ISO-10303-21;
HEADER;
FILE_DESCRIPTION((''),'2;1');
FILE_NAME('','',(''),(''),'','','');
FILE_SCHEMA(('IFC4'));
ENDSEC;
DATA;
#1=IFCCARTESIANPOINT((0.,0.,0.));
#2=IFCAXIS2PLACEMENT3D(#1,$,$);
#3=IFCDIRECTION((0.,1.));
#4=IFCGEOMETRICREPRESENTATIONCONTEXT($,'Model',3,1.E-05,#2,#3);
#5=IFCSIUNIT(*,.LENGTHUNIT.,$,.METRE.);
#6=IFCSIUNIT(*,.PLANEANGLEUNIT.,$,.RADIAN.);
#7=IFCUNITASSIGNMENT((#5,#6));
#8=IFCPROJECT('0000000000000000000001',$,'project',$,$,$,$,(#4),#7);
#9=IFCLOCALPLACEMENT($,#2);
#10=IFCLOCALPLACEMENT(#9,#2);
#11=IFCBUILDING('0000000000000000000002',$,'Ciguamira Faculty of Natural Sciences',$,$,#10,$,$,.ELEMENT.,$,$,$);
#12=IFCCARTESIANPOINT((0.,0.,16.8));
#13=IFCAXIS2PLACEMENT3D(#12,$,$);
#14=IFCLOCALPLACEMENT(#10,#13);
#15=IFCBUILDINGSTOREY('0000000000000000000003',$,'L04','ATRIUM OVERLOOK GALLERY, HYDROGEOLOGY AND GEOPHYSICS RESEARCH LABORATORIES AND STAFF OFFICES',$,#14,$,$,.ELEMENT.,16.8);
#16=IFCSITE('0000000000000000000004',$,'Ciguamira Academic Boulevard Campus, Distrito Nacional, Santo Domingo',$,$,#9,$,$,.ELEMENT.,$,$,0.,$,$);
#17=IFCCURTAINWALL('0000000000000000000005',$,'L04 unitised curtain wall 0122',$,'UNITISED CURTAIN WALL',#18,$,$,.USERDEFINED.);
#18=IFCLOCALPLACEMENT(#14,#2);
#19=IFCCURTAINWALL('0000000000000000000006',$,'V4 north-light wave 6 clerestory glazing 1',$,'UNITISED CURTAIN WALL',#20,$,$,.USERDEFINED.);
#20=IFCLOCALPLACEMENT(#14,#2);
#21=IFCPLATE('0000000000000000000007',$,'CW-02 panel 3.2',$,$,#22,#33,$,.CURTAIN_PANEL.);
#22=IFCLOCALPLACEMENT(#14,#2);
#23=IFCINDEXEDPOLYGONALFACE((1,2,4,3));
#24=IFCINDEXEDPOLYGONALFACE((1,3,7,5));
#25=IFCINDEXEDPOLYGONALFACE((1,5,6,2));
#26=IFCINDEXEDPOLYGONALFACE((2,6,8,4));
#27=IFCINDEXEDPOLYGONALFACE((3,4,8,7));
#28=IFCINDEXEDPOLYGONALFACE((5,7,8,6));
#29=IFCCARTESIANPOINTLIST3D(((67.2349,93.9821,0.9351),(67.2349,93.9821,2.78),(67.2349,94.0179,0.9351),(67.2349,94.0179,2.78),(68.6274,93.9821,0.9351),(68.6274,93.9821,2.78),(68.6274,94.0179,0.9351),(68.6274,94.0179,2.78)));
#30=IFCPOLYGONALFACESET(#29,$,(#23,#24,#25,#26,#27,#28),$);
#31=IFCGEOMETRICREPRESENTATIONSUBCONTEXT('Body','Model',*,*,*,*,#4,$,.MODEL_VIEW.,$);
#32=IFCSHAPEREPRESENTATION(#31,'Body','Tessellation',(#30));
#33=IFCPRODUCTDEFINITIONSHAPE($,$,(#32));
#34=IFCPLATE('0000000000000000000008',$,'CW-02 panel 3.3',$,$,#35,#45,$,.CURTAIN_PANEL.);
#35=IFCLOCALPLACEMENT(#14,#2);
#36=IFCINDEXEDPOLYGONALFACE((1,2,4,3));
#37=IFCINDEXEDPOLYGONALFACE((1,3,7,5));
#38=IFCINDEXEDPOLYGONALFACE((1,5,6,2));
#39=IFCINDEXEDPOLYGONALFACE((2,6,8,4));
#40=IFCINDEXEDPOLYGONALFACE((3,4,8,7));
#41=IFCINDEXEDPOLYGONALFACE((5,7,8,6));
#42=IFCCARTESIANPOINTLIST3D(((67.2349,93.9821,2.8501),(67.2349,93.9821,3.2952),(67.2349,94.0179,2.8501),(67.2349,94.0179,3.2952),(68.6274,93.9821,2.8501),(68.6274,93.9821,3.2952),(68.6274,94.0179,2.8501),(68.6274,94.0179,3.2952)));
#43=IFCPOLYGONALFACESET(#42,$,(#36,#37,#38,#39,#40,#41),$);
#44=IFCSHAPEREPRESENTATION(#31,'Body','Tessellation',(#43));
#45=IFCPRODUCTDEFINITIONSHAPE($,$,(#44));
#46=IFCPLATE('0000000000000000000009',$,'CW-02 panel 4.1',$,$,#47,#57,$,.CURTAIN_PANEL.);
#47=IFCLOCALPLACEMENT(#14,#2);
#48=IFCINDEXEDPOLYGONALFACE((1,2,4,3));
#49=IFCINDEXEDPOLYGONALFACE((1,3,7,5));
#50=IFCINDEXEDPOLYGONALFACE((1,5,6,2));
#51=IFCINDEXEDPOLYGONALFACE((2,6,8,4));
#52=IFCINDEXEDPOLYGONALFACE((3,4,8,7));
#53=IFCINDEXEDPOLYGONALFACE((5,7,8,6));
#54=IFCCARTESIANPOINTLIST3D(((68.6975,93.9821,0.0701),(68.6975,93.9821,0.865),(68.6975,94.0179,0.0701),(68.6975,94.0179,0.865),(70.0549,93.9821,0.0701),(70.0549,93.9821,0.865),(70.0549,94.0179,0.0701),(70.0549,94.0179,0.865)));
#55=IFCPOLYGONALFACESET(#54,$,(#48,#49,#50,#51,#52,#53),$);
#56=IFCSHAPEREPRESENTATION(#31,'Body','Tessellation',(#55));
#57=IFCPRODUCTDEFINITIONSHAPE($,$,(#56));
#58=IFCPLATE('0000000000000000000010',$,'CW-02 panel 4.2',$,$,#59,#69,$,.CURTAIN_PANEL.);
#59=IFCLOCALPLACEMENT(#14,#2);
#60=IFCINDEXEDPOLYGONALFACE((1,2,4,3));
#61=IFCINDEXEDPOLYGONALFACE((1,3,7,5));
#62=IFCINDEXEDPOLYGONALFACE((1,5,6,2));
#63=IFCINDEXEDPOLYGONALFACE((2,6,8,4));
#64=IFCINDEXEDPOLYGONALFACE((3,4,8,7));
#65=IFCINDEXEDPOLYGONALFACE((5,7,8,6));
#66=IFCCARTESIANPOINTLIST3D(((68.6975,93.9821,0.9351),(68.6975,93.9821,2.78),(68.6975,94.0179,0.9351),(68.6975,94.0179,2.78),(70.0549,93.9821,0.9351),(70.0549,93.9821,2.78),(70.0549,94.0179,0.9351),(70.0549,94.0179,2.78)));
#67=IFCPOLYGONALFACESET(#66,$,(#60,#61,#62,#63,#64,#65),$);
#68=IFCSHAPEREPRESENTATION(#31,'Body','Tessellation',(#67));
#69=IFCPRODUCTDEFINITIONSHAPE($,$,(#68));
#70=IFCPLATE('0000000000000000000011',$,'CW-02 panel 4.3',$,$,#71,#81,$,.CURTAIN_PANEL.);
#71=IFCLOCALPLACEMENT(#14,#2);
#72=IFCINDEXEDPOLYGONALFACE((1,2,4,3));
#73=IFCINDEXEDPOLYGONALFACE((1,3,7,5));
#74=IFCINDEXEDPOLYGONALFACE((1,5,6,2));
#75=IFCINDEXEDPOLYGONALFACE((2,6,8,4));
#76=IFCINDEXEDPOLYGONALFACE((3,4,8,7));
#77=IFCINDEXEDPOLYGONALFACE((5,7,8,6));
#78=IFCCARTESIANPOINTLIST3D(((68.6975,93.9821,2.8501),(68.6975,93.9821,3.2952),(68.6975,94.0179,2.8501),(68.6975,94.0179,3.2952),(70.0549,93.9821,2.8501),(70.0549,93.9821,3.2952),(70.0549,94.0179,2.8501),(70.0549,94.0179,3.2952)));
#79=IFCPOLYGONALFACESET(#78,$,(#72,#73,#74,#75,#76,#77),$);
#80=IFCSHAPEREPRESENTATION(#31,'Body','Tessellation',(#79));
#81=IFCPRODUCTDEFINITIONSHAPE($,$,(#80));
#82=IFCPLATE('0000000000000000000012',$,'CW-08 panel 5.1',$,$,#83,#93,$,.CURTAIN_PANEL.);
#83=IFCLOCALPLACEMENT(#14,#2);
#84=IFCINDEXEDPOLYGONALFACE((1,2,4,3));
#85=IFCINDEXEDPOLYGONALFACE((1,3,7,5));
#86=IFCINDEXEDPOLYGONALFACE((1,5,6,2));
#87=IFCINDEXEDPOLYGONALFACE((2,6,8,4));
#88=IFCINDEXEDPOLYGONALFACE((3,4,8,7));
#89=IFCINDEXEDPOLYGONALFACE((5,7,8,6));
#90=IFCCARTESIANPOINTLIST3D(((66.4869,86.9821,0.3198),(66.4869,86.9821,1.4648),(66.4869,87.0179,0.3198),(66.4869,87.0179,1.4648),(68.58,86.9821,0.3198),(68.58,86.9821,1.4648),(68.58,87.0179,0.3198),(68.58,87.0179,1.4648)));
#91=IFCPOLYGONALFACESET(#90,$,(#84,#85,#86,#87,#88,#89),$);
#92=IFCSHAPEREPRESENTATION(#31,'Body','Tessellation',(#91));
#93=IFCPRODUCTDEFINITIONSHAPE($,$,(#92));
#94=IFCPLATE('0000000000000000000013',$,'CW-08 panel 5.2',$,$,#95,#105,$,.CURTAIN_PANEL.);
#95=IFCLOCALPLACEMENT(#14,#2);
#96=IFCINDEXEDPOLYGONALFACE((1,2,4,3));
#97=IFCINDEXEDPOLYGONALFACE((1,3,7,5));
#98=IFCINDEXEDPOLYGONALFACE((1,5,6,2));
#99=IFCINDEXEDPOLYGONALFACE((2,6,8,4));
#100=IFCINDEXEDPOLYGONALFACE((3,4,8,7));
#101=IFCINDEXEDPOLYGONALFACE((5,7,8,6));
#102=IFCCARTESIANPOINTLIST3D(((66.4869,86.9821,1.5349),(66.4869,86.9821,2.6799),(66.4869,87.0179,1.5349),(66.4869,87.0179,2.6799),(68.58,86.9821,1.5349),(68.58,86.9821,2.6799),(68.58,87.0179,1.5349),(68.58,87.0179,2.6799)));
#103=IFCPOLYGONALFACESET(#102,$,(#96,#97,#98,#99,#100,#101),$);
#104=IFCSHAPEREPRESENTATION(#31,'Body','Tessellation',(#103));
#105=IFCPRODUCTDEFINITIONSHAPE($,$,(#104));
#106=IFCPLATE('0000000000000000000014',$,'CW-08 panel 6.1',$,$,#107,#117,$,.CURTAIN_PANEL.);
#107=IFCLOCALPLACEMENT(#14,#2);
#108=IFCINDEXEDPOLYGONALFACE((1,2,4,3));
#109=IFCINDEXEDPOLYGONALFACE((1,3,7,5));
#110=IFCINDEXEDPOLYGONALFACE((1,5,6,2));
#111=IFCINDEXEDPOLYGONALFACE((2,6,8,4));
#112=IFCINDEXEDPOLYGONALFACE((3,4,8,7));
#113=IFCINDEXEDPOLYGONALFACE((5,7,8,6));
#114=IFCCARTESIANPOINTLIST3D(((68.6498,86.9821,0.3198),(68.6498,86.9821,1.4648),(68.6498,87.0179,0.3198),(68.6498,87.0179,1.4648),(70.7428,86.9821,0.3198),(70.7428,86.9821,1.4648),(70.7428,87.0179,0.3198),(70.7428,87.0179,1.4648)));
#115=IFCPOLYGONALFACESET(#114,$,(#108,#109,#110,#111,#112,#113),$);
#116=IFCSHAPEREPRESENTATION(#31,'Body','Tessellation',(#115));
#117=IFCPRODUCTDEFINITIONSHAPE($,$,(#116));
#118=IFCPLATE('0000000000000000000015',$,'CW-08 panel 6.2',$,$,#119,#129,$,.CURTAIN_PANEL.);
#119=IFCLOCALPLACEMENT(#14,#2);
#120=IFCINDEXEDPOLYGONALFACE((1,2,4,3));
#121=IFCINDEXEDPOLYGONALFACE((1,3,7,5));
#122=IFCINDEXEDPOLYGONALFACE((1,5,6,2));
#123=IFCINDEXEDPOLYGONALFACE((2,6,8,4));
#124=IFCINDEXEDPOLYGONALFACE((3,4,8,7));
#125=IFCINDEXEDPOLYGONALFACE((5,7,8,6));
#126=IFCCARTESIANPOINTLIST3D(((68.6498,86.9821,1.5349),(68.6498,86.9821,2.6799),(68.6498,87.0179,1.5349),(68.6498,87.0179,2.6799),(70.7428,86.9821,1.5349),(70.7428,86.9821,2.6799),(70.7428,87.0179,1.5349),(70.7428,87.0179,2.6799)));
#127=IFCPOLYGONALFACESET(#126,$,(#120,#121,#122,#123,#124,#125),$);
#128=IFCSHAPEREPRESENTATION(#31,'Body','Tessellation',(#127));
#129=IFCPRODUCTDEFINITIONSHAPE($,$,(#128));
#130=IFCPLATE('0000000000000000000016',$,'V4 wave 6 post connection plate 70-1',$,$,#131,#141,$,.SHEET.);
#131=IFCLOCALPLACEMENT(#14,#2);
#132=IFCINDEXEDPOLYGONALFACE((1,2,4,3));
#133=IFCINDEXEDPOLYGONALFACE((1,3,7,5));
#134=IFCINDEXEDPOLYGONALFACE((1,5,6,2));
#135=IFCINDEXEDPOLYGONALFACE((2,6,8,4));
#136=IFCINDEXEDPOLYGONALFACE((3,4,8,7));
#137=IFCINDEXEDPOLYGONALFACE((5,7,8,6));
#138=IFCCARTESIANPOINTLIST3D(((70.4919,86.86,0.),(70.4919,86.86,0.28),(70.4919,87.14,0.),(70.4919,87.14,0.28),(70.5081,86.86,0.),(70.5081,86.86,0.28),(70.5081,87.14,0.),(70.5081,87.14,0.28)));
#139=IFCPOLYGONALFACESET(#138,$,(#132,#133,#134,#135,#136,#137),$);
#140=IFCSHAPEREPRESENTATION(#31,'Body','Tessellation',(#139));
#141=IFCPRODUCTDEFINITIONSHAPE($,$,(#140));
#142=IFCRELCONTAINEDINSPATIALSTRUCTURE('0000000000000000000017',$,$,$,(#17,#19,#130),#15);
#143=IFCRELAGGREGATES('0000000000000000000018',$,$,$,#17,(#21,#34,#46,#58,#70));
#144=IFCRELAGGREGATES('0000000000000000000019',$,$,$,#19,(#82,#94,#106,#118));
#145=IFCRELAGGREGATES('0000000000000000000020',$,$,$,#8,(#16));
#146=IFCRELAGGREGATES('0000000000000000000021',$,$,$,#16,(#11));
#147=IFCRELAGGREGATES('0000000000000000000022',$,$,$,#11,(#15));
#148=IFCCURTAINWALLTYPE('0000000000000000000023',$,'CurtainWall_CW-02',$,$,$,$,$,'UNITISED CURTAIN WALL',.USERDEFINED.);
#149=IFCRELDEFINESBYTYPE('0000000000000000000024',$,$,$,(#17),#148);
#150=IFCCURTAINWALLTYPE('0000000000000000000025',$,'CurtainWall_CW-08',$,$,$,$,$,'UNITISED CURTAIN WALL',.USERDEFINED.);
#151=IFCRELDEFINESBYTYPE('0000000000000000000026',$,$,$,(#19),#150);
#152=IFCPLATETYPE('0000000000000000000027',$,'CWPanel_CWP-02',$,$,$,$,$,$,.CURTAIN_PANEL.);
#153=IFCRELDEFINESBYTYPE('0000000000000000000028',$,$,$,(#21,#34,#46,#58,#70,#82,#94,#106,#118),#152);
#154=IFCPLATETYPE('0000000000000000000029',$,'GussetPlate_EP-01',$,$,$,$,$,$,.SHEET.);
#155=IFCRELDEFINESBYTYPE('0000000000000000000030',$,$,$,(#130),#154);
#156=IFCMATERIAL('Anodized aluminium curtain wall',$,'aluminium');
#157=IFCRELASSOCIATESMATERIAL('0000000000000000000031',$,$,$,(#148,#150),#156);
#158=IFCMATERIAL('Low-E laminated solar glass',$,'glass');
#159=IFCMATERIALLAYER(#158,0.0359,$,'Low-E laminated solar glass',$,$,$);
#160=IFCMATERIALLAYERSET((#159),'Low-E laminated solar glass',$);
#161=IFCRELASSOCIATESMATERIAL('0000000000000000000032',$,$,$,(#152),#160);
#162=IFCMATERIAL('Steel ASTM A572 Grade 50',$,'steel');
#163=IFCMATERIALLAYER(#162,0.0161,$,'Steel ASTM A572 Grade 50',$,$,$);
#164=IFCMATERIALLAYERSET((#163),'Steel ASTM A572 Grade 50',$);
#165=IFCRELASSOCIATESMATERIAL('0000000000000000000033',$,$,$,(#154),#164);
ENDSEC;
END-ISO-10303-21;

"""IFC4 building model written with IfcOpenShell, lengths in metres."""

from ifc_helpers import new_model, si_unit, direction, frame, origin, origin_2d, place, context, subcontext, project, spatial, rectangle, extrude, material, layer, layer_set, type_object, element, aggregate, save


model = new_model("IFC4")

# Units and contexts
model_context = context("Model", 3, precision=1e-05, world=origin(), true_north=direction((0.0, 1.0)))
body_context = subcontext(model_context, "Body", "Model", "MODEL_VIEW")
ifc_project = project(units=[si_unit("LENGTHUNIT", "METRE"), si_unit("PLANEANGLEUNIT", "RADIAN")], contexts=[model_context])

# Site, building, storey
site_placement = place(None, origin())
site = spatial("IfcSite", under=ifc_project, at=site_placement, Name="Ciguamira Academic Boulevard Campus, Distrito Nacional, Santo Domingo", CompositionType="ELEMENT", RefElevation=0.0)
building_placement = place(site_placement, origin())
building = spatial("IfcBuilding", under=site, at=building_placement, Name="Ciguamira Faculty of Natural Sciences", CompositionType="ELEMENT")
storey_placement = place(building_placement, frame((0.0, 0.0, 16.8)))
storey = spatial("IfcBuildingStorey", under=building, at=storey_placement, Name="L04", Description="ATRIUM OVERLOOK GALLERY, HYDROGEOLOGY AND GEOPHYSICS RESEARCH LABORATORIES AND STAFF OFFICES", CompositionType="ELEMENT", Elevation=16.8)

# Curtain wall
ifc_material_1 = material(Name="Anodized aluminium curtain wall", Category="aluminium")
curtain_wall_type_1 = type_object("IfcCurtainWallType", Name="CurtainWall_CW-02", ElementType="UNITISED CURTAIN WALL", PredefinedType="USERDEFINED", material=ifc_material_1)
curtain_wall_1_placement = place(storey_placement, origin())
curtain_wall_1 = element("IfcCurtainWall", 1, at=curtain_wall_1_placement, inside=storey, type_object=curtain_wall_type_1, Name="L04 unitised curtain wall 0122", ObjectType="UNITISED CURTAIN WALL", PredefinedType="USERDEFINED")

# Curtain wall
curtain_wall_type_2 = type_object("IfcCurtainWallType", Name="CurtainWall_CW-08", ElementType="UNITISED CURTAIN WALL", PredefinedType="USERDEFINED", material=ifc_material_1)
curtain_wall_2_placement = place(storey_placement, origin())
curtain_wall_2 = element("IfcCurtainWall", 2, at=curtain_wall_2_placement, inside=storey, type_object=curtain_wall_type_2, Name="V4 north-light wave 6 clerestory glazing 1", ObjectType="UNITISED CURTAIN WALL", PredefinedType="USERDEFINED")

# Plates
ifc_material_2 = material(Name="Low-E laminated solar glass", Category="glass")
ifc_layer_1 = layer(ifc_material_2, 0.0359, Name="Low-E laminated solar glass")
ifc_layer_set_1 = layer_set([ifc_layer_1], Name="Low-E laminated solar glass")
plate_type_1 = type_object("IfcPlateType", Name="CWPanel_CWP-02", PredefinedType="CURTAIN_PANEL", material=ifc_layer_set_1)
plate_1_placement = place(storey_placement, frame((67.9312, 94.0, 0.9351), z_axis=(0.0, 0.0, 1.0), x_axis=(1.0, 0.0, 0.0)))
plate_1 = element("IfcPlate", 3, at=plate_1_placement, type_object=plate_type_1, Name="CW-02 panel 3.2", PredefinedType="CURTAIN_PANEL", context=body_context, shape_type="SweptSolid", body=[
    extrude(rectangle(XDim=1.3926, YDim=0.0359, at=origin_2d()), origin(), (0.0, 0.0, 1.0), 1.845),
])
plate_2_placement = place(storey_placement, frame((67.9312, 94.0, 2.8501), z_axis=(0.0, 0.0, 1.0), x_axis=(1.0, 0.0, 0.0)))
plate_2 = element("IfcPlate", 4, at=plate_2_placement, type_object=plate_type_1, Name="CW-02 panel 3.3", PredefinedType="CURTAIN_PANEL", context=body_context, shape_type="SweptSolid", body=[
    extrude(rectangle(XDim=1.3926, YDim=0.0359, at=origin_2d()), origin(), (0.0, 0.0, 1.0), 0.4451),
])
plate_3_placement = place(storey_placement, frame((69.3762, 94.0, 0.0701), z_axis=(0.0, 0.0, 1.0), x_axis=(1.0, 0.0, 0.0)))
plate_3 = element("IfcPlate", 5, at=plate_3_placement, type_object=plate_type_1, Name="CW-02 panel 4.1", PredefinedType="CURTAIN_PANEL", context=body_context, shape_type="SweptSolid", body=[
    extrude(rectangle(XDim=1.3574, YDim=0.0359, at=origin_2d()), origin(), (0.0, 0.0, 1.0), 0.7949),
])
plate_4_placement = place(storey_placement, frame((69.3762, 94.0, 0.9351), z_axis=(0.0, 0.0, 1.0), x_axis=(1.0, 0.0, 0.0)))
plate_4 = element("IfcPlate", 6, at=plate_4_placement, type_object=plate_type_1, Name="CW-02 panel 4.2", PredefinedType="CURTAIN_PANEL", context=body_context, shape_type="SweptSolid", body=[
    extrude(rectangle(XDim=1.3574, YDim=0.0359, at=origin_2d()), origin(), (0.0, 0.0, 1.0), 1.845),
])
plate_5_placement = place(storey_placement, frame((69.3762, 94.0, 2.8501), z_axis=(0.0, 0.0, 1.0), x_axis=(1.0, 0.0, 0.0)))
plate_5 = element("IfcPlate", 7, at=plate_5_placement, type_object=plate_type_1, Name="CW-02 panel 4.3", PredefinedType="CURTAIN_PANEL", context=body_context, shape_type="SweptSolid", body=[
    extrude(rectangle(XDim=1.3574, YDim=0.0359, at=origin_2d()), origin(), (0.0, 0.0, 1.0), 0.4451),
])
aggregate(curtain_wall_1, [plate_1, plate_2, plate_3, plate_4, plate_5])
plate_6_placement = place(storey_placement, frame((67.5334, 87.0, 0.3198), z_axis=(0.0, 0.0, 1.0), x_axis=(1.0, 0.0, 0.0)))
plate_6 = element("IfcPlate", 8, at=plate_6_placement, type_object=plate_type_1, Name="CW-08 panel 5.1", PredefinedType="CURTAIN_PANEL", context=body_context, shape_type="SweptSolid", body=[
    extrude(rectangle(XDim=2.093, YDim=0.0359, at=origin_2d()), origin(), (0.0, 0.0, 1.0), 1.145),
])
plate_7_placement = place(storey_placement, frame((67.5334, 87.0, 1.5349), z_axis=(0.0, 0.0, 1.0), x_axis=(1.0, 0.0, 0.0)))
plate_7 = element("IfcPlate", 9, at=plate_7_placement, type_object=plate_type_1, Name="CW-08 panel 5.2", PredefinedType="CURTAIN_PANEL", context=body_context, shape_type="SweptSolid", body=[
    extrude(rectangle(XDim=2.093, YDim=0.0359, at=origin_2d()), origin(), (0.0, 0.0, 1.0), 1.145),
])
plate_8_placement = place(storey_placement, frame((69.6963, 87.0, 0.3198), z_axis=(0.0, 0.0, 1.0), x_axis=(1.0, 0.0, 0.0)))
plate_8 = element("IfcPlate", 10, at=plate_8_placement, type_object=plate_type_1, Name="CW-08 panel 6.1", PredefinedType="CURTAIN_PANEL", context=body_context, shape_type="SweptSolid", body=[
    extrude(rectangle(XDim=2.093, YDim=0.0359, at=origin_2d()), origin(), (0.0, 0.0, 1.0), 1.145),
])
plate_9_placement = place(storey_placement, frame((69.6963, 87.0, 1.5349), z_axis=(0.0, 0.0, 1.0), x_axis=(1.0, 0.0, 0.0)))
plate_9 = element("IfcPlate", 11, at=plate_9_placement, type_object=plate_type_1, Name="CW-08 panel 6.2", PredefinedType="CURTAIN_PANEL", context=body_context, shape_type="SweptSolid", body=[
    extrude(rectangle(XDim=2.093, YDim=0.0359, at=origin_2d()), origin(), (0.0, 0.0, 1.0), 1.145),
])
aggregate(curtain_wall_2, [plate_6, plate_7, plate_8, plate_9])
ifc_material_3 = material(Name="Steel ASTM A572 Grade 50", Category="steel")
ifc_layer_2 = layer(ifc_material_3, 0.0161, Name="Steel ASTM A572 Grade 50")
ifc_layer_set_2 = layer_set([ifc_layer_2], Name="Steel ASTM A572 Grade 50")
plate_type_2 = type_object("IfcPlateType", Name="GussetPlate_EP-01", PredefinedType="SHEET", material=ifc_layer_set_2)
plate_10_placement = place(storey_placement, frame((70.5, 87.0, 0.0), z_axis=(0.0, 0.0, 1.0), x_axis=(1.0, 0.0, 0.0)))
element("IfcPlate", 12, at=plate_10_placement, inside=storey, type_object=plate_type_2, Name="V4 wave 6 post connection plate 70-1", PredefinedType="SHEET", context=body_context, shape_type="SweptSolid", body=[
    extrude(rectangle(XDim=0.0161, YDim=0.28, at=origin_2d()), origin(), (0.0, 0.0, 1.0), 0.28),
])

save(model, "model.ifc")
